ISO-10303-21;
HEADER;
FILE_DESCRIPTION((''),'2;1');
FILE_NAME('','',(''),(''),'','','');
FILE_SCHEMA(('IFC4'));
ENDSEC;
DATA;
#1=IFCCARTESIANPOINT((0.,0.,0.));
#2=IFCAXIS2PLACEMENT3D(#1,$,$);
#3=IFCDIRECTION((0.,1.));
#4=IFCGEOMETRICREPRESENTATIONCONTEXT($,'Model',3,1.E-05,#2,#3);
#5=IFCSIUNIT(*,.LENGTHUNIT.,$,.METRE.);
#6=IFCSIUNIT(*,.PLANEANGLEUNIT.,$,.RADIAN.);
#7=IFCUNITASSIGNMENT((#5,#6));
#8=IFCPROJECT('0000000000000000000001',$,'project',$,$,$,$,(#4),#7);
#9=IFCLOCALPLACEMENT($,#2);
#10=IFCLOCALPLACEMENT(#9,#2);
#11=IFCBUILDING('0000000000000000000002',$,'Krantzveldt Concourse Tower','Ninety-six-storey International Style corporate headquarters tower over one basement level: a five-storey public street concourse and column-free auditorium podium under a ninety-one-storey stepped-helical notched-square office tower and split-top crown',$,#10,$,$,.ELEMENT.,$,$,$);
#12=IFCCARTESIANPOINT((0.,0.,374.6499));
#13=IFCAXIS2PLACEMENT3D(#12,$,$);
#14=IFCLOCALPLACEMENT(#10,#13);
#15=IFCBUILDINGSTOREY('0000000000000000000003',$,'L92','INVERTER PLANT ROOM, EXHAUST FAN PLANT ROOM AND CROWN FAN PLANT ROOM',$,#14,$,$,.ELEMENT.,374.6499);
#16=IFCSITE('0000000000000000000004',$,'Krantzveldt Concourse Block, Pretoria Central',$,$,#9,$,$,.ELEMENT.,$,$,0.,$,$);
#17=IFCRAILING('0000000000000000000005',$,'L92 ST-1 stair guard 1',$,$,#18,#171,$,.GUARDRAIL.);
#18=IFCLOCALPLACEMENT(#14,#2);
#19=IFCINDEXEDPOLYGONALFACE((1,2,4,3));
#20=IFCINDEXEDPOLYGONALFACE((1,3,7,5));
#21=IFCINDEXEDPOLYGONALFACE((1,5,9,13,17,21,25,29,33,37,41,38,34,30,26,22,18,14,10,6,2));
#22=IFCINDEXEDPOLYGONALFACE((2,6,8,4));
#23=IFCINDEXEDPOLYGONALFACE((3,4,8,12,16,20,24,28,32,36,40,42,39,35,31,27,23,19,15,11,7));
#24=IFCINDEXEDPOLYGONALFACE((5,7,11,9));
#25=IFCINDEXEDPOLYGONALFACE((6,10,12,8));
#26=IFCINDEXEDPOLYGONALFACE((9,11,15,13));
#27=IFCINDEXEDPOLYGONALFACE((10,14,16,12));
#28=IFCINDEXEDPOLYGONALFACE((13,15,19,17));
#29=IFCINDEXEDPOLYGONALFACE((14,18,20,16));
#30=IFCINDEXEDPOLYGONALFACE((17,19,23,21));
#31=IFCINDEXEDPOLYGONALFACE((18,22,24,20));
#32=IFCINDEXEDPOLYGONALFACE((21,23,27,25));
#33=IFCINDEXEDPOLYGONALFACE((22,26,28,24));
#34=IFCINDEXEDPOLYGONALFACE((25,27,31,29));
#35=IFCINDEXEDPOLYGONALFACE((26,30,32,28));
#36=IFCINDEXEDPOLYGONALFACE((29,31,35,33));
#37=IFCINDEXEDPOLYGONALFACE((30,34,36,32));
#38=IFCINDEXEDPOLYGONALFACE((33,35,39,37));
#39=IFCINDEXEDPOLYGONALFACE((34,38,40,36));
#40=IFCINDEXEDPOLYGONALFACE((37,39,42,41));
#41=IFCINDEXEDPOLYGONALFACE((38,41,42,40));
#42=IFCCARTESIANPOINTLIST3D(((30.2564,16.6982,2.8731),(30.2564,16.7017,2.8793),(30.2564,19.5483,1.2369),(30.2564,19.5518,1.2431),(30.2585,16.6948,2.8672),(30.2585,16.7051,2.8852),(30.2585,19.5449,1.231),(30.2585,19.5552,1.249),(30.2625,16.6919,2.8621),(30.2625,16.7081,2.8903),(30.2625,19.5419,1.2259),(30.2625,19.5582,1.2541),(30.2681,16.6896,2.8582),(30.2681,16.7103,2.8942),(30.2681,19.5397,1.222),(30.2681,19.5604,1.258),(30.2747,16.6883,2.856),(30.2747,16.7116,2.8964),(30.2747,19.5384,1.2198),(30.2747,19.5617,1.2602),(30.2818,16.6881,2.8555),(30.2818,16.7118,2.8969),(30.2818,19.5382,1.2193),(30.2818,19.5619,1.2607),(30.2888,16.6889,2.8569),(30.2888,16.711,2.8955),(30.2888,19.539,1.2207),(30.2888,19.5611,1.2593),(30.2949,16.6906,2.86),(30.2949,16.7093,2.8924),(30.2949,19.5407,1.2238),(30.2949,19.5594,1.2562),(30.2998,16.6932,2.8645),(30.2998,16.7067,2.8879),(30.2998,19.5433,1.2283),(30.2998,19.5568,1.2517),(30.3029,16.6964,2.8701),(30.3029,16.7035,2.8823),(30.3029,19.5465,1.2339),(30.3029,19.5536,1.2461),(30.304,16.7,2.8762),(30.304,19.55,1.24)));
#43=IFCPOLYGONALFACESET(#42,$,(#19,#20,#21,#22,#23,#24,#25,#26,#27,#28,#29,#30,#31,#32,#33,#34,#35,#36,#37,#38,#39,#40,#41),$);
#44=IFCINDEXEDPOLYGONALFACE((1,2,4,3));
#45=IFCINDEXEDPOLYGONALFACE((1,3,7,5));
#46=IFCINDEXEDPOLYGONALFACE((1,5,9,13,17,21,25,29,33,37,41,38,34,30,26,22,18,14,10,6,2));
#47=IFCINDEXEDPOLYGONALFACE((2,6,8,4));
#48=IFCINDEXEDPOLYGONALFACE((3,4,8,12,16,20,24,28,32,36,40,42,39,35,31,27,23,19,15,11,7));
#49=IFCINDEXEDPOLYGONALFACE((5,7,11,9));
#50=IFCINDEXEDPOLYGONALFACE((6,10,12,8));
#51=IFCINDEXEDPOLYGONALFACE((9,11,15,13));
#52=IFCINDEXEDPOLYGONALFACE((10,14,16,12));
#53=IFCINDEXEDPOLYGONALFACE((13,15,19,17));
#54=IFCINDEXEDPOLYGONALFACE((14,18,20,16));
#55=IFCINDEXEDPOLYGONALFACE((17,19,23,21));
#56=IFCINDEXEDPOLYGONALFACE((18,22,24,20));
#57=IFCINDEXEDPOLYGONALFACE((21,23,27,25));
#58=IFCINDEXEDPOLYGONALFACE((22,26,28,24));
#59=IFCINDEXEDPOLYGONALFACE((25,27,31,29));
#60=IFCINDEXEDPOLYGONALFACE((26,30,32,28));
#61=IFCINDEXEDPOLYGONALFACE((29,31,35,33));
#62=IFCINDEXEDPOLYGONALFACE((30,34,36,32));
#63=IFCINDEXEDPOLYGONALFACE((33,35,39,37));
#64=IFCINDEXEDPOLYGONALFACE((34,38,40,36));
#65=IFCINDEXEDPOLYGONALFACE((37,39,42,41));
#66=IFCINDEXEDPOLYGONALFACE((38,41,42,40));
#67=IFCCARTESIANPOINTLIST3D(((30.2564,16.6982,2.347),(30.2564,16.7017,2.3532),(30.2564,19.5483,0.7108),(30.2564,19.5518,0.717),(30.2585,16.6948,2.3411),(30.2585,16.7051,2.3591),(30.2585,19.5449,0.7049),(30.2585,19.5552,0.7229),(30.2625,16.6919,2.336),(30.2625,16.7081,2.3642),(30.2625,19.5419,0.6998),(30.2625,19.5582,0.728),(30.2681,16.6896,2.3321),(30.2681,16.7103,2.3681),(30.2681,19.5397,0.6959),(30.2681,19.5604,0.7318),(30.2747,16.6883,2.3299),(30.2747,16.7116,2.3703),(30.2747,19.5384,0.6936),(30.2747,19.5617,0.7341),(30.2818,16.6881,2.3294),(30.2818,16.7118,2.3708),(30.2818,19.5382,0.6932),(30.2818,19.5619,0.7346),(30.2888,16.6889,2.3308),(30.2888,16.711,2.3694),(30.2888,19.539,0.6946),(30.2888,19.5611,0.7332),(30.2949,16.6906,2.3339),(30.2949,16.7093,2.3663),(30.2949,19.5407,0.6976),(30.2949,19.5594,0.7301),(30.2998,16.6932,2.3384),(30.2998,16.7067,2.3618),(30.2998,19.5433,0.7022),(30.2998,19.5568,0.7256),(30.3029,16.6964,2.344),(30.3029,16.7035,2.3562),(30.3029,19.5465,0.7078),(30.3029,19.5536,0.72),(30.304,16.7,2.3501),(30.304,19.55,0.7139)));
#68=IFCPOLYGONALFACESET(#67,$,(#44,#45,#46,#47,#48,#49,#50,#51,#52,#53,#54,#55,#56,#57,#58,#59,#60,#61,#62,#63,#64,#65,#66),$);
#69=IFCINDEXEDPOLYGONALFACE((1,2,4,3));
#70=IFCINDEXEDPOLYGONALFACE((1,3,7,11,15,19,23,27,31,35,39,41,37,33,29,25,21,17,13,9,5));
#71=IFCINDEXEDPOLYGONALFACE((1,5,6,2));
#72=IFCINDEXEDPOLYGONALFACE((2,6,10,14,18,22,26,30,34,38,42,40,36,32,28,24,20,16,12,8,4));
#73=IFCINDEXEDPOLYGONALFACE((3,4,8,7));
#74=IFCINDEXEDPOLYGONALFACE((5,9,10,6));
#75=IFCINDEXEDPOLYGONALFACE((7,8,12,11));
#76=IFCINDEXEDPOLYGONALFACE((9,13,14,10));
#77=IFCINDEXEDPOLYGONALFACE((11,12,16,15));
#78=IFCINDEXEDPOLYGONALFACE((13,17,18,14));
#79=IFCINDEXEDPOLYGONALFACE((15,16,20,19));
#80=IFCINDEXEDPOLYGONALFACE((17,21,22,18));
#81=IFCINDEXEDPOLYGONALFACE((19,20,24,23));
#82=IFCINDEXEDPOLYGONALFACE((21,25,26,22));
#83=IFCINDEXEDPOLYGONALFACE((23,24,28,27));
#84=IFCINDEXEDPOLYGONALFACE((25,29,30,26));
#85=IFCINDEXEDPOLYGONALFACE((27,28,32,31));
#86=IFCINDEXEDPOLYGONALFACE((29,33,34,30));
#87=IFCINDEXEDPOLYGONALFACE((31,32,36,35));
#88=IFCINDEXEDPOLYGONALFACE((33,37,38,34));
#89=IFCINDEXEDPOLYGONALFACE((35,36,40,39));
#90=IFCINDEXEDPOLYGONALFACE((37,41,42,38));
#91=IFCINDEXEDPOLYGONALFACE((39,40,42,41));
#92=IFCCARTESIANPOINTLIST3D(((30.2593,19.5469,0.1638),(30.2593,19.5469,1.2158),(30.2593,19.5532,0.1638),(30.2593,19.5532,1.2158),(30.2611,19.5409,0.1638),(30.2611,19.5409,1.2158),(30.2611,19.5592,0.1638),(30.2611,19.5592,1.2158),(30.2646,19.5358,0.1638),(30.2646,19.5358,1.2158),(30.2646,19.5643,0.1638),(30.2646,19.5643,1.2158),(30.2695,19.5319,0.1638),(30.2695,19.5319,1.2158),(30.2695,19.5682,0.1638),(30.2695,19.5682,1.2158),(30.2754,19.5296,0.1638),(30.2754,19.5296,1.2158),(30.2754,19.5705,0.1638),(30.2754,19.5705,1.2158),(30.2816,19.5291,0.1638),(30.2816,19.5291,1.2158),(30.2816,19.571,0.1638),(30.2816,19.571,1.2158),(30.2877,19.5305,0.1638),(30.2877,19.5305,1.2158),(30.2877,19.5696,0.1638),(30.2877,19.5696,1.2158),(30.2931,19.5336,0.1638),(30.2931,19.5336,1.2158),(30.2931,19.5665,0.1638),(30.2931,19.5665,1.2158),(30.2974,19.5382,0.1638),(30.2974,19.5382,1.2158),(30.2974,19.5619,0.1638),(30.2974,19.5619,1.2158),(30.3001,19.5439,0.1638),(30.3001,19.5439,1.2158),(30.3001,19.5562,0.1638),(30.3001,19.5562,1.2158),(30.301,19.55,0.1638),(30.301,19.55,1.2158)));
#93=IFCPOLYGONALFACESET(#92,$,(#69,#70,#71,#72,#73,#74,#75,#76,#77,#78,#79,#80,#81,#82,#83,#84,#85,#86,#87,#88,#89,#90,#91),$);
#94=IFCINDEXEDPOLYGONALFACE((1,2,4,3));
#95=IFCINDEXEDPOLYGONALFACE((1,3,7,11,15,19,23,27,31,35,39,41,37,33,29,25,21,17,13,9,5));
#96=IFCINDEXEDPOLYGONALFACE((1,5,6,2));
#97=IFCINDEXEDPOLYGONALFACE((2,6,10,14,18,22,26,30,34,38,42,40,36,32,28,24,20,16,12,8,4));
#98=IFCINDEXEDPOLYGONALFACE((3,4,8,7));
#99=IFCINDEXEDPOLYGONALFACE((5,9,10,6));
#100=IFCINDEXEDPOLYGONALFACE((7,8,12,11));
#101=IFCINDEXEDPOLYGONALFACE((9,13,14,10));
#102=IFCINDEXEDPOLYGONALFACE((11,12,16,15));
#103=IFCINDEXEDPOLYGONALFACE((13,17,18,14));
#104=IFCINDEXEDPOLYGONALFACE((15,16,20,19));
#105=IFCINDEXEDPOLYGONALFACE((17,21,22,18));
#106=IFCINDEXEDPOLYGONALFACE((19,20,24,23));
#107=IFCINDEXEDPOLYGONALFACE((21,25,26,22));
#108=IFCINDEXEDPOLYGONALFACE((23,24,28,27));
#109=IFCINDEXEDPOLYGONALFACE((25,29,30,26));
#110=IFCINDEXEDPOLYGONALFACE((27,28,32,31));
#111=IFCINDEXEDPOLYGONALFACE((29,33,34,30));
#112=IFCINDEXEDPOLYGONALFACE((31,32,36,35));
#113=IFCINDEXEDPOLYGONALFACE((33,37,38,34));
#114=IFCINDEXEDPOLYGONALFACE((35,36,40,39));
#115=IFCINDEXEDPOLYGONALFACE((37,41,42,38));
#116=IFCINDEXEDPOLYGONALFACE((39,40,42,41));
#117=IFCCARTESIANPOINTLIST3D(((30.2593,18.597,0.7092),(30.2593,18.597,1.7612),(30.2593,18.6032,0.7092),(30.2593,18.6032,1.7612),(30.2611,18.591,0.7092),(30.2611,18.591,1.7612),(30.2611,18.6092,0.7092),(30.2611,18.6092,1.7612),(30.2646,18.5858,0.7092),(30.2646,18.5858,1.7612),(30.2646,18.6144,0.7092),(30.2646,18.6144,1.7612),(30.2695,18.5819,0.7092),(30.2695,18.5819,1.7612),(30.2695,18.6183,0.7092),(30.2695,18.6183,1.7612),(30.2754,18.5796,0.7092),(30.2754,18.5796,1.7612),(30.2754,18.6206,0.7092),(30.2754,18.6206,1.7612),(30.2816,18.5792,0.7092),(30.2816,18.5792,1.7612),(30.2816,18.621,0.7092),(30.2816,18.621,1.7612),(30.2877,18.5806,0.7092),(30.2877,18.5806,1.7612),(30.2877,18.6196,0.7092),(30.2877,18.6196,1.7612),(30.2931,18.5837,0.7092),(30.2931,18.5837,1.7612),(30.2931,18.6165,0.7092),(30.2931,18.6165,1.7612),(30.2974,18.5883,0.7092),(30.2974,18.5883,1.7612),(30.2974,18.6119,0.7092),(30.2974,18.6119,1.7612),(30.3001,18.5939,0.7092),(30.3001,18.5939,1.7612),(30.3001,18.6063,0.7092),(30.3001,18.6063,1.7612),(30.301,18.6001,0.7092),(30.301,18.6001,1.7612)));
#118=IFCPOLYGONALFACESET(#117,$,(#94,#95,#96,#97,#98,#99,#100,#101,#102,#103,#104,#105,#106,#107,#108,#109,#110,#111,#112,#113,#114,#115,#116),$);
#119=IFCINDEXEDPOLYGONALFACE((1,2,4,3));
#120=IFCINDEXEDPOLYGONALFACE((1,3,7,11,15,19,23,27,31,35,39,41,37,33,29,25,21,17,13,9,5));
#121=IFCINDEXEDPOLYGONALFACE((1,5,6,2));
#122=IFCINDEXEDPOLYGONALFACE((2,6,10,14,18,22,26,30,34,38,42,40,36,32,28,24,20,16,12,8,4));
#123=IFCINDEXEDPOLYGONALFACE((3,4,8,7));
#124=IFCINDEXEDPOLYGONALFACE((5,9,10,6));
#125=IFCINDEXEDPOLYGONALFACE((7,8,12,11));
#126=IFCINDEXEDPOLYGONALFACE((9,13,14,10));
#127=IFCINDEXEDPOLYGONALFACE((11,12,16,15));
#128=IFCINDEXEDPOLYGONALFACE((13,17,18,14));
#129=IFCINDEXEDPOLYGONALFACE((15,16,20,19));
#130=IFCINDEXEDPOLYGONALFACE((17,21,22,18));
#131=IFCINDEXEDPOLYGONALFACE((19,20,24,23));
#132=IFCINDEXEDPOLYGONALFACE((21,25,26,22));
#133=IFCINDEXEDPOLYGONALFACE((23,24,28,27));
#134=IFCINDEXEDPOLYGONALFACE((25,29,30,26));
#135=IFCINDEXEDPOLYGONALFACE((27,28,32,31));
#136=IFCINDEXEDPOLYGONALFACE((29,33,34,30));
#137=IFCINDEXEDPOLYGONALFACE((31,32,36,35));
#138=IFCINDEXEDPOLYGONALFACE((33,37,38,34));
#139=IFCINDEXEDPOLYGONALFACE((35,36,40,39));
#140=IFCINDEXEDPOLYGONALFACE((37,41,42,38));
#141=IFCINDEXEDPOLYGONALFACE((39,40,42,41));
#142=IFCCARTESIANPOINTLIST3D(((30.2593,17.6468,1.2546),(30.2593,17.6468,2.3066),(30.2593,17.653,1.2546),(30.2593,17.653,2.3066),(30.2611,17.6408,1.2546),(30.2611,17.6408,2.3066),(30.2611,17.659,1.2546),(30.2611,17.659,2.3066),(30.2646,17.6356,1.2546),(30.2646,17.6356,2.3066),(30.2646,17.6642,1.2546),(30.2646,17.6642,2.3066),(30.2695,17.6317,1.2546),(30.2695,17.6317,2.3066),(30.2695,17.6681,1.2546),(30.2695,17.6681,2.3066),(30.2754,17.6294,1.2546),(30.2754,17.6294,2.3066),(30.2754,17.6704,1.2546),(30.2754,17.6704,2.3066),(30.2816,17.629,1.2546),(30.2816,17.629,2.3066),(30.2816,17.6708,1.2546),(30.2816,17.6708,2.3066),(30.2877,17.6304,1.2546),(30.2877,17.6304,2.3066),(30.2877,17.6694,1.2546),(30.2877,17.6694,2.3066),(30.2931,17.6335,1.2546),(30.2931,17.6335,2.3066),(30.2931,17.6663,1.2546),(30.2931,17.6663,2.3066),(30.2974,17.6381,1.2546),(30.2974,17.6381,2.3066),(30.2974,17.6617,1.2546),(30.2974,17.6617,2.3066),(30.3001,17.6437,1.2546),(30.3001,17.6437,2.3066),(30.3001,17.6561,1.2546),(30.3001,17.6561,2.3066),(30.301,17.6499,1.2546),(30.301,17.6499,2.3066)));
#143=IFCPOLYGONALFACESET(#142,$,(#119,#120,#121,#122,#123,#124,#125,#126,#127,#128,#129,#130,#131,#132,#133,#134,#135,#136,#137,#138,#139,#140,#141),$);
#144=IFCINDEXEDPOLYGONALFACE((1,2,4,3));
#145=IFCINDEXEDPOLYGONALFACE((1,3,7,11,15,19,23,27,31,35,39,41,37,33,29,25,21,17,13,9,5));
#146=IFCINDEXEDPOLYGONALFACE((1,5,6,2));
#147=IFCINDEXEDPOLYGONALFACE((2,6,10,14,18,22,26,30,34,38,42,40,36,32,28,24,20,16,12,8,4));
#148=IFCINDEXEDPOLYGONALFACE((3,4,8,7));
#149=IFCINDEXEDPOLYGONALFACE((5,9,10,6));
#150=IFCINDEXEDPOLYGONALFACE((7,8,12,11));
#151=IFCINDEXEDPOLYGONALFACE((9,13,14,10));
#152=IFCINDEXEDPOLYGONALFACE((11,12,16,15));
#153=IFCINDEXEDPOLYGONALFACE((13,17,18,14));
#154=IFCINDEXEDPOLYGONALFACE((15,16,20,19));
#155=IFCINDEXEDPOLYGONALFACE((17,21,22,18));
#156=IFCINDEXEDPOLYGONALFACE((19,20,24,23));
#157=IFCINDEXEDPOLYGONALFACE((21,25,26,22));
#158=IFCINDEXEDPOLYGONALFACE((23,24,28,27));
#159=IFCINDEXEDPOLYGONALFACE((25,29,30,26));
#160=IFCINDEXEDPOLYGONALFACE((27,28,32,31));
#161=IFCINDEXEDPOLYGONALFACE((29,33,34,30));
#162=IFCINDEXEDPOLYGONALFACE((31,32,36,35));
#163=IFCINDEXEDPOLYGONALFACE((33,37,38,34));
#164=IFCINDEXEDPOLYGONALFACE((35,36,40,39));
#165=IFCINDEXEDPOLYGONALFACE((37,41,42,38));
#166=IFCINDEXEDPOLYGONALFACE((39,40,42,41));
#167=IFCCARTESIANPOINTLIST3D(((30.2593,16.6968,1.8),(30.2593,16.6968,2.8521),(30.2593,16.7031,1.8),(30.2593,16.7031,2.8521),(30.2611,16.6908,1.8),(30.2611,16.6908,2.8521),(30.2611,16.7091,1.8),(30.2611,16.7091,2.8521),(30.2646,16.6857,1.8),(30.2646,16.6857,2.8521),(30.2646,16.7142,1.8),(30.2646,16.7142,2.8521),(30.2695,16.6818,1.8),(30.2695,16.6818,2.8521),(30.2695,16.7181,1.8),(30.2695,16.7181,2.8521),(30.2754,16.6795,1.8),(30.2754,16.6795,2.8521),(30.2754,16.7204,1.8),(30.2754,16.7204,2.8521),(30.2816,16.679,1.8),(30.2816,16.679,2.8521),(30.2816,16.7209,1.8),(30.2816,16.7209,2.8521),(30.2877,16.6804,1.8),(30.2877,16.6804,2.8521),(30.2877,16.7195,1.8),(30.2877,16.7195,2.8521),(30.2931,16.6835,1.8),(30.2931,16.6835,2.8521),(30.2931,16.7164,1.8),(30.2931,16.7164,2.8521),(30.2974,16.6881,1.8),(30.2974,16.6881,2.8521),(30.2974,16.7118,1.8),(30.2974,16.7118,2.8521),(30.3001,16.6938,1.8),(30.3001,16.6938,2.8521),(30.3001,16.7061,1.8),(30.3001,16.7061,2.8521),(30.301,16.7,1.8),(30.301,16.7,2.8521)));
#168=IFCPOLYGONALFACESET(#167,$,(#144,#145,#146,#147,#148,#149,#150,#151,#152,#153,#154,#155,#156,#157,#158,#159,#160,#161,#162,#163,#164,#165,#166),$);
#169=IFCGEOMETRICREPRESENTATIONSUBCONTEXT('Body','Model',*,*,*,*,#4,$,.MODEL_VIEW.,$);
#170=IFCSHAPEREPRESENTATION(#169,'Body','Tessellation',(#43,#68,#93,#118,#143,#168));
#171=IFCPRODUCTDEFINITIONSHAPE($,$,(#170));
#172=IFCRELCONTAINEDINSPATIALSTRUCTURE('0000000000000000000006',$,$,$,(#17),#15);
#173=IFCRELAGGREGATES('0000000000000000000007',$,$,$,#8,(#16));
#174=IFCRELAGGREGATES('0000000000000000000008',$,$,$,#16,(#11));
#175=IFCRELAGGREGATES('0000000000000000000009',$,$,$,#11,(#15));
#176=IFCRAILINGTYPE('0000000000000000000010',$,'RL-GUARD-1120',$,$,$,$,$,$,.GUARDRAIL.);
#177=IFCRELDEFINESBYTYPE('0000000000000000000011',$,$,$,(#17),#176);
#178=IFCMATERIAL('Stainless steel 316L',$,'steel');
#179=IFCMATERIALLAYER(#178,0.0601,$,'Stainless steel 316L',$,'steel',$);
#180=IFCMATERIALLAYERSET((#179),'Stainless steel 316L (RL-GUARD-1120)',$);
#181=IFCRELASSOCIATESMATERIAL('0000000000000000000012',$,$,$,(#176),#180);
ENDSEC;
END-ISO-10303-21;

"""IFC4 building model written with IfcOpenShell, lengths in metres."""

from ifc_helpers import new_model, si_unit, direction, frame, origin, origin_2d, place, context, subcontext, project, spatial, circle, extrude, material, layer, layer_set, type_object, element, save


model = new_model("IFC4")

# Units and contexts
model_context = context("Model", 3, precision=1e-05, world=origin(), true_north=direction((0.0, 1.0)))
body_context = subcontext(model_context, "Body", "Model", "MODEL_VIEW")
ifc_project = project(units=[si_unit("LENGTHUNIT", "METRE"), si_unit("PLANEANGLEUNIT", "RADIAN")], contexts=[model_context])

# Site, building, storey
site_placement = place(None, origin())
site = spatial("IfcSite", under=ifc_project, at=site_placement, Name="Krantzveldt Concourse Block, Pretoria Central", CompositionType="ELEMENT", RefElevation=0.0)
building_placement = place(site_placement, origin())
building = spatial("IfcBuilding", under=site, at=building_placement, Name="Krantzveldt Concourse Tower", Description="Ninety-six-storey International Style corporate headquarters tower over one basement level: a five-storey public street concourse and column-free auditorium podium under a ninety-one-storey stepped-helical notched-square office tower and split-top crown", CompositionType="ELEMENT")
storey_placement = place(building_placement, frame((0.0, 0.0, 374.6499)))
storey = spatial("IfcBuildingStorey", under=building, at=storey_placement, Name="L92", Description="INVERTER PLANT ROOM, EXHAUST FAN PLANT ROOM AND CROWN FAN PLANT ROOM", CompositionType="ELEMENT", Elevation=374.6499)

# Shared definitions
ifc_material_1 = material(Name="Stainless steel 316L", Category="steel")

# Railing
ifc_layer_1 = layer(ifc_material_1, 0.0601, Name="Stainless steel 316L", Category="steel")
ifc_layer_set_1 = layer_set([ifc_layer_1], Name="Stainless steel 316L (RL-GUARD-1120)")
railing_type_1 = type_object("IfcRailingType", Name="RL-GUARD-1120", PredefinedType="GUARDRAIL", material=ifc_layer_set_1)
railing_1_placement = place(storey_placement, frame((30.28, 19.55, 0.1638)))
element("IfcRailing", 1, at=railing_1_placement, inside=storey, type_object=railing_type_1, Name="L92 ST-1 stair guard 1", PredefinedType="GUARDRAIL", context=body_context, shape_type="SweptSolid", body=[
    extrude(circle(Radius=0.0239, at=origin_2d()), frame((0.0, 0.0, 1.0762), z_axis=(0.0, -0.867245, 0.497882), x_axis=(1.0, 0.0, 0.0)), (0.0, 0.0, 1.0), 3.2864),
    extrude(circle(Radius=0.0239, at=origin_2d()), frame((0.0, 0.0, 0.55), z_axis=(0.0, -0.867245, 0.497882), x_axis=(1.0, 0.0, 0.0)), (0.0, 0.0, 1.0), 3.2864),
    extrude(circle(Radius=0.021, at=origin_2d()), origin(), (0.0, 0.0, 1.0), 1.052),
    extrude(circle(Radius=0.021, at=origin_2d()), frame((0.0, -0.95, 0.5454)), (0.0, 0.0, 1.0), 1.052),
    extrude(circle(Radius=0.021, at=origin_2d()), frame((0.0, -1.9001, 1.0908)), (0.0, 0.0, 1.0), 1.052),
    extrude(circle(Radius=0.021, at=origin_2d()), frame((0.0, -2.8501, 1.6362)), (0.0, 0.0, 1.0), 1.052),
])

save(model, "model.ifc")
